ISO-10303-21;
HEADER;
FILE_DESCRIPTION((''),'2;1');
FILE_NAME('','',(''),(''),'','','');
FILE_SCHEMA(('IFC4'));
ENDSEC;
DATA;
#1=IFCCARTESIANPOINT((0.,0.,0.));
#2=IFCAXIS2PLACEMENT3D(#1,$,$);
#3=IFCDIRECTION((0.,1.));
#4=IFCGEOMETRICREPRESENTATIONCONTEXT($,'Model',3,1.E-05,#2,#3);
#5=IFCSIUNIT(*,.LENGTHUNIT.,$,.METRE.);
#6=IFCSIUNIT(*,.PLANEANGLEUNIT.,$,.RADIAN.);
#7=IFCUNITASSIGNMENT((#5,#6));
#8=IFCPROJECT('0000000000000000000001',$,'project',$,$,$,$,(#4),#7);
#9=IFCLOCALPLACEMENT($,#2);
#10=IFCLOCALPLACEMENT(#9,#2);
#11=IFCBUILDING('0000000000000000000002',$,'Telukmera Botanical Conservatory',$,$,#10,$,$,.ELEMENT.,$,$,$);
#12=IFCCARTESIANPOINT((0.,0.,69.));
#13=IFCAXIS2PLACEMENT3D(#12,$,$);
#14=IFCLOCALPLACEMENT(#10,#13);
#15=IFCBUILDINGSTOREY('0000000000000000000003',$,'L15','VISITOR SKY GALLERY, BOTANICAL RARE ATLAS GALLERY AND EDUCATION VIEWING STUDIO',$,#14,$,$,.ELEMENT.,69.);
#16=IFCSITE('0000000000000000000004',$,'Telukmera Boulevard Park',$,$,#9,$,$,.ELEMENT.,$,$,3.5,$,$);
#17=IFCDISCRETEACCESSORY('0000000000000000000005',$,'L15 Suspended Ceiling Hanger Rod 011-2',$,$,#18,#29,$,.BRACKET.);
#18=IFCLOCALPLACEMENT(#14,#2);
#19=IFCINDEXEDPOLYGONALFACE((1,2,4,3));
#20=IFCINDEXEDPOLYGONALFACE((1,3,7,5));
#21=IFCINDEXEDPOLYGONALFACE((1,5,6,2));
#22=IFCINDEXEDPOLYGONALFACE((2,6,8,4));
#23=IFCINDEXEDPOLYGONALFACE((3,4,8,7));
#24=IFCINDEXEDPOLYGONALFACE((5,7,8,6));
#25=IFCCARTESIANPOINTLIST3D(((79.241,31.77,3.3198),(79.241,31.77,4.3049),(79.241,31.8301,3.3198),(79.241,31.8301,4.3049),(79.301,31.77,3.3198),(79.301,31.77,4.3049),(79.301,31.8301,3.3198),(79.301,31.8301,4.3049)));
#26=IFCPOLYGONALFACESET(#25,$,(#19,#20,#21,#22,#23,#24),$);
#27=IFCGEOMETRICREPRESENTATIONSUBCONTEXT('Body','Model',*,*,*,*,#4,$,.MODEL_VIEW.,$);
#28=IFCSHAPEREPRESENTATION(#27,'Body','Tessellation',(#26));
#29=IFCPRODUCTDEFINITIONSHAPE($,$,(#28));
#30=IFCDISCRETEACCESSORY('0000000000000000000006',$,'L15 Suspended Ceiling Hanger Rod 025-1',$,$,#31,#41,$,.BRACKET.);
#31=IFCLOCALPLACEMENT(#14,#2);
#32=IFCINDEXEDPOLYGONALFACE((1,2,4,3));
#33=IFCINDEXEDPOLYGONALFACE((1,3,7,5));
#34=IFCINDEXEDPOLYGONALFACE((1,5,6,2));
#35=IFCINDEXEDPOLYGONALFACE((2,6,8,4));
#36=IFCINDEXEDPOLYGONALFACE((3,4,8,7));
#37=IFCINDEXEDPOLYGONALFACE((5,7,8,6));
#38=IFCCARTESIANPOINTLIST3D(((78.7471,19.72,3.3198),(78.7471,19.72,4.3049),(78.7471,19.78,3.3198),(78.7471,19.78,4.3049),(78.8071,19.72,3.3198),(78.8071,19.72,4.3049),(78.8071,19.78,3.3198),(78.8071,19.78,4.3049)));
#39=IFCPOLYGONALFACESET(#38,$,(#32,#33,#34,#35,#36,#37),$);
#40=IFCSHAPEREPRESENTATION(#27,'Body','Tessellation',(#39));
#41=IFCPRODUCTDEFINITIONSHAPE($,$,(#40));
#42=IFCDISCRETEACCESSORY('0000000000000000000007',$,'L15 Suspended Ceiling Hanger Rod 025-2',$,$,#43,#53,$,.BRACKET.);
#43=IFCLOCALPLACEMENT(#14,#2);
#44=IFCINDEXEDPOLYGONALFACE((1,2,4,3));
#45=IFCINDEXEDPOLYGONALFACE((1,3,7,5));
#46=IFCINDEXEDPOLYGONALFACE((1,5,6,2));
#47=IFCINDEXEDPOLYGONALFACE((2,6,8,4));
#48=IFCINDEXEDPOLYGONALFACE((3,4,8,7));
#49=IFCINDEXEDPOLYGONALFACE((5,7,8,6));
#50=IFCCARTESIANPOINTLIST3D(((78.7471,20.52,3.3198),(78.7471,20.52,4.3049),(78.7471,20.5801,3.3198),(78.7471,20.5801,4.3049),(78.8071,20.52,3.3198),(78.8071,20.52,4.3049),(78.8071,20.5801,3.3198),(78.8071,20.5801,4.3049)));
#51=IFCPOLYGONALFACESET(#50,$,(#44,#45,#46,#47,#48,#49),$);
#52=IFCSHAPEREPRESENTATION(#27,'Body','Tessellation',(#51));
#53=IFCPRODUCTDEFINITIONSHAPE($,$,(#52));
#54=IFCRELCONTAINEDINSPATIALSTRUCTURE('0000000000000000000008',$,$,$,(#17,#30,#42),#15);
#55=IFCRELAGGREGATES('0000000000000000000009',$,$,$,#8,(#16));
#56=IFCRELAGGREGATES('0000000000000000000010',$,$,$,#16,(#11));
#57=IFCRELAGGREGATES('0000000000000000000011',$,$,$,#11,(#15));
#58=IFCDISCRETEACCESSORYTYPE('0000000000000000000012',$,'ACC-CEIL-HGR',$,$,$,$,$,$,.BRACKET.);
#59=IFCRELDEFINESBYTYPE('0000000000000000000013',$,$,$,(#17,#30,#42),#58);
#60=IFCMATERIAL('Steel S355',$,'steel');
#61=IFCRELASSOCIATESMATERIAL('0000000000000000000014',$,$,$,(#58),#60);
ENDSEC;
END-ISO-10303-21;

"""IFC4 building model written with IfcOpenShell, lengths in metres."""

from ifc_helpers import new_model, si_unit, direction, frame, origin, origin_2d, place, context, subcontext, project, spatial, rectangle, extrude, material, type_object, element, save


model = new_model("IFC4")

# Units and contexts
model_context = context("Model", 3, precision=1e-05, world=origin(), true_north=direction((0.0, 1.0)))
body_context = subcontext(model_context, "Body", "Model", "MODEL_VIEW")
ifc_project = project(units=[si_unit("LENGTHUNIT", "METRE"), si_unit("PLANEANGLEUNIT", "RADIAN")], contexts=[model_context])

# Site, building, storey
site_placement = place(None, origin())
site = spatial("IfcSite", under=ifc_project, at=site_placement, Name="Telukmera Boulevard Park", CompositionType="ELEMENT", RefElevation=3.5)
building_placement = place(site_placement, origin())
building = spatial("IfcBuilding", under=site, at=building_placement, Name="Telukmera Botanical Conservatory", CompositionType="ELEMENT")
storey_placement = place(building_placement, frame((0.0, 0.0, 69.0)))
storey = spatial("IfcBuildingStorey", under=building, at=storey_placement, Name="L15", Description="VISITOR SKY GALLERY, BOTANICAL RARE ATLAS GALLERY AND EDUCATION VIEWING STUDIO", CompositionType="ELEMENT", Elevation=69.0)

# Discrete accessories
ifc_material_1 = material(Name="Steel S355", Category="steel")
discrete_accessory_type = type_object("IfcDiscreteAccessoryType", Name="ACC-CEIL-HGR", PredefinedType="BRACKET", material=ifc_material_1)
for number, where, z_axis, x_axis, name in (
    (1, (79.271, 31.8, 3.3198), (0.0, 0.0, 1.0), (1.0, 0.0, 0.0), "L15 Suspended Ceiling Hanger Rod 011-2"),
    (2, (78.7771, 19.75, 3.3198), (0.0, 0.0, 1.0), (1.0, 0.0, 0.0), "L15 Suspended Ceiling Hanger Rod 025-1"),
    (3, (78.7771, 20.55, 3.3198), (0.0, 0.0, 1.0), (1.0, 0.0, 0.0), "L15 Suspended Ceiling Hanger Rod 025-2"),
):
    element("IfcDiscreteAccessory", number, at=place(storey_placement, frame(where, z_axis=z_axis, x_axis=x_axis)), inside=storey, type_object=discrete_accessory_type, Name=name, PredefinedType="BRACKET", context=body_context, shape_type="SweptSolid", body=[
        extrude(rectangle(XDim=0.0601, YDim=0.0601, at=origin_2d()), origin(), (0.0, 0.0, 1.0), 0.9851),
    ])

save(model, "model.ifc")
